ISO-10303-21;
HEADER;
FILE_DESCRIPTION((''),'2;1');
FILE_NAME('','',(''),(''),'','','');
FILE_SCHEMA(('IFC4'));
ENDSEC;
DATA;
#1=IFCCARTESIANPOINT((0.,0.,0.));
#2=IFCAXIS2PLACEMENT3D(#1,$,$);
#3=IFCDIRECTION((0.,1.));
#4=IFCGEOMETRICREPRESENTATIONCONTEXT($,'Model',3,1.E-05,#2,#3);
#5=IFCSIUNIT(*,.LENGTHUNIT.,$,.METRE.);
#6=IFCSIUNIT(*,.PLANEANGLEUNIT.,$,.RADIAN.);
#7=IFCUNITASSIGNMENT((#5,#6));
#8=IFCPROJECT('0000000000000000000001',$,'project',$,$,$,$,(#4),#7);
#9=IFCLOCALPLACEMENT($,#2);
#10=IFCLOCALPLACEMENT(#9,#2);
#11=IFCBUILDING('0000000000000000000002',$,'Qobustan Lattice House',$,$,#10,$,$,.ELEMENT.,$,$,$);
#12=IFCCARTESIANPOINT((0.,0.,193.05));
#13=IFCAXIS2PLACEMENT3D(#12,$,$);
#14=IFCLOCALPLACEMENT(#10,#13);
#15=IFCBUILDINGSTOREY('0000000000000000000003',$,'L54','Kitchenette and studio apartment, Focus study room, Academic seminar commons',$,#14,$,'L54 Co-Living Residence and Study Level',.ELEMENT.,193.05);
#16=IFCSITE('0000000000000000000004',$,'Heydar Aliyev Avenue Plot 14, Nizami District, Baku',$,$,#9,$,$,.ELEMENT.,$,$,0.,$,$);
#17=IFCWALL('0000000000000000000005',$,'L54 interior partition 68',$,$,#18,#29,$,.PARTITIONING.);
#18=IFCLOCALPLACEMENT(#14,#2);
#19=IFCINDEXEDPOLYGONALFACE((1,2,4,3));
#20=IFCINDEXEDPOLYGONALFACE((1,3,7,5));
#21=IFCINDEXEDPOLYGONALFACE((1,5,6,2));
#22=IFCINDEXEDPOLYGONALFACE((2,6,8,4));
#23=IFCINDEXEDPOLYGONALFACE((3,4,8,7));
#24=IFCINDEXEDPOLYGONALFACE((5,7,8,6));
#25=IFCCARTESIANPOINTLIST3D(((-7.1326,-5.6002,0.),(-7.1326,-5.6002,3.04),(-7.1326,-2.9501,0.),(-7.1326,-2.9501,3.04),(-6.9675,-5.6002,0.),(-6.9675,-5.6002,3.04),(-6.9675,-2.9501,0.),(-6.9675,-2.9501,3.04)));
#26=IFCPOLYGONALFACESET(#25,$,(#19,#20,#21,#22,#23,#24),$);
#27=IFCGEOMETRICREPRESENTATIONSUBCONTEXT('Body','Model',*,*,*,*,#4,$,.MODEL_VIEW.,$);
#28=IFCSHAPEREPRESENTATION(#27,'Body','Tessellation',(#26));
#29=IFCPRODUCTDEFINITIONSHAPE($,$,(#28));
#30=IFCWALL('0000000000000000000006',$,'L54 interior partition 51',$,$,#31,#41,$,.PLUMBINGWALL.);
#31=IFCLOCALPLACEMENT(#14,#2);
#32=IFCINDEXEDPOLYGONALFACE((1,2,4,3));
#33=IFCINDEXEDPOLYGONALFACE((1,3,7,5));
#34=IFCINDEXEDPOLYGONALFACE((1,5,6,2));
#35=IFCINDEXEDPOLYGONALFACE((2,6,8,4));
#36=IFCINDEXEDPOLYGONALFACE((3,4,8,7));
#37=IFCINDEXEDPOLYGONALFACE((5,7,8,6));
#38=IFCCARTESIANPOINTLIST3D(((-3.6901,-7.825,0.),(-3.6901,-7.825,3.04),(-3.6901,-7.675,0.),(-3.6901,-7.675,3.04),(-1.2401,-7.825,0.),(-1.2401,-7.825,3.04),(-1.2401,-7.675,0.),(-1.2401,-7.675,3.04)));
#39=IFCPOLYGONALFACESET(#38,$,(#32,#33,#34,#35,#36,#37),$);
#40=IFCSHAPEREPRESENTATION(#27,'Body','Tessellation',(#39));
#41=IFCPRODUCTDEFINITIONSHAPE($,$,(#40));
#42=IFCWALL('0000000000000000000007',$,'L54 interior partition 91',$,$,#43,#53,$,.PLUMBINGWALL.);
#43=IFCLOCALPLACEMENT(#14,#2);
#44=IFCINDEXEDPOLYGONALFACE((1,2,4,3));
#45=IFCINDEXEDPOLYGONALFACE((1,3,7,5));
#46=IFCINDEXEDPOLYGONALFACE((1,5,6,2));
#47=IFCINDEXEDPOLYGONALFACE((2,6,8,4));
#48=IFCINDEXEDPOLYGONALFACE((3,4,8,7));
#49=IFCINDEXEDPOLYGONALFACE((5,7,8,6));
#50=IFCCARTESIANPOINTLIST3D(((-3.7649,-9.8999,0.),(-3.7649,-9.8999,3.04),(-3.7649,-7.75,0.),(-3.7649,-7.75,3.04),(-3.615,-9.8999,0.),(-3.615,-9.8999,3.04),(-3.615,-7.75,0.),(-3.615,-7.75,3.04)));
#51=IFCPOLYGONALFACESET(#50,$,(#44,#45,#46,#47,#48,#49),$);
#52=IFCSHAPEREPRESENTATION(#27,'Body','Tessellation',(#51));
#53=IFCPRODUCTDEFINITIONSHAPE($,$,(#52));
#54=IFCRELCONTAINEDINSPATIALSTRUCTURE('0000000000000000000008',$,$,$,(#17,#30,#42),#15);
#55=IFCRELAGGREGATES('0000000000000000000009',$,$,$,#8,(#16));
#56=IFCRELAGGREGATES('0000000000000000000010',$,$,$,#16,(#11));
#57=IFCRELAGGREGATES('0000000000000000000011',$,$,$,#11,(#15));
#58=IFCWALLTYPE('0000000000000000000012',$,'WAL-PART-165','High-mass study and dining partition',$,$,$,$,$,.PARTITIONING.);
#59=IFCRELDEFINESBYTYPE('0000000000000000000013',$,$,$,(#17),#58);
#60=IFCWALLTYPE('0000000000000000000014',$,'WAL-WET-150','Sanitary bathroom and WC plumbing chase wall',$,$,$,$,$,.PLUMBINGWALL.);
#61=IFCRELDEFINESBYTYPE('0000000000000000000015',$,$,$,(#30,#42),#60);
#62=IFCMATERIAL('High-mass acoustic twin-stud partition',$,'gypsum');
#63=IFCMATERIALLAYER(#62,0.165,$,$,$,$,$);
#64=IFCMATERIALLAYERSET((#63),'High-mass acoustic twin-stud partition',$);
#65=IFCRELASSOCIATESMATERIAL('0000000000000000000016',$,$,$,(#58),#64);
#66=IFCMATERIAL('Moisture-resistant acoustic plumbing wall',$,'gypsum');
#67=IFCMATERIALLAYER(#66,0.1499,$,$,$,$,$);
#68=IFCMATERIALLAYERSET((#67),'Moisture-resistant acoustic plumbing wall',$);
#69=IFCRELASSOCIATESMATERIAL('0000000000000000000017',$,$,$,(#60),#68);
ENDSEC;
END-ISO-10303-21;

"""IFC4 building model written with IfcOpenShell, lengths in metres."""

from ifc_helpers import new_model, si_unit, direction, frame, frame_2d, origin, place, context, subcontext, project, spatial, rectangle, extrude, material, layer, layer_set, type_object, element, save


model = new_model("IFC4")

# Units and contexts
model_context = context("Model", 3, precision=1e-05, world=origin(), true_north=direction((0.0, 1.0)))
body_context = subcontext(model_context, "Body", "Model", "MODEL_VIEW")
ifc_project = project(units=[si_unit("LENGTHUNIT", "METRE"), si_unit("PLANEANGLEUNIT", "RADIAN")], contexts=[model_context])

# Site, building, storey
site_placement = place(None, origin())
site = spatial("IfcSite", under=ifc_project, at=site_placement, Name="Heydar Aliyev Avenue Plot 14, Nizami District, Baku", CompositionType="ELEMENT", RefElevation=0.0)
building_placement = place(site_placement, origin())
building = spatial("IfcBuilding", under=site, at=building_placement, Name="Qobustan Lattice House", CompositionType="ELEMENT")
storey_placement = place(building_placement, frame((0.0, 0.0, 193.05)))
storey = spatial("IfcBuildingStorey", under=building, at=storey_placement, Name="L54", Description="Kitchenette and studio apartment, Focus study room, Academic seminar commons", LongName="L54 Co-Living Residence and Study Level", CompositionType="ELEMENT", Elevation=193.05)

# Shared definitions
ifc_material_1 = material(Name="High-mass acoustic twin-stud partition", Category="gypsum")
ifc_layer_1 = layer(ifc_material_1, 0.165)
ifc_layer_set_1 = layer_set([ifc_layer_1], Name="High-mass acoustic twin-stud partition")
wall_type_1 = type_object("IfcWallType", Name="WAL-PART-165", Description="High-mass study and dining partition", PredefinedType="PARTITIONING", material=ifc_layer_set_1)

# Walls
wall_1_placement = place(storey_placement, frame((-7.05, -2.95, 0.0), z_axis=(0.0, 0.0, 1.0), x_axis=(0.0, -1.0, 0.0)))
element("IfcWall", 1, at=wall_1_placement, inside=storey, type_object=wall_type_1, Name="L54 interior partition 68", PredefinedType="PARTITIONING", context=body_context, shape_type="SweptSolid", body=[
    extrude(rectangle(XDim=2.6501, YDim=0.165, at=frame_2d((1.3252, 0.0))), origin(), (0.0, 0.0, 1.0), 3.04),
])
ifc_material_2 = material(Name="Moisture-resistant acoustic plumbing wall", Category="gypsum")
ifc_layer_2 = layer(ifc_material_2, 0.1499)
ifc_layer_set_2 = layer_set([ifc_layer_2], Name="Moisture-resistant acoustic plumbing wall")
wall_type_2 = type_object("IfcWallType", Name="WAL-WET-150", Description="Sanitary bathroom and WC plumbing chase wall", PredefinedType="PLUMBINGWALL", material=ifc_layer_set_2)
wall_2_placement = place(storey_placement, frame((-1.24, -7.75, 0.0), z_axis=(0.0, 0.0, 1.0), x_axis=(-1.0, 0.0, 0.0)))
element("IfcWall", 2, at=wall_2_placement, inside=storey, type_object=wall_type_2, Name="L54 interior partition 51", PredefinedType="PLUMBINGWALL", context=body_context, shape_type="SweptSolid", body=[
    extrude(rectangle(XDim=2.45, YDim=0.1499, at=frame_2d((1.2251, 0.0))), origin(), (0.0, 0.0, 1.0), 3.04),
])
wall_3_placement = place(storey_placement, frame((-3.6899, -7.75, 0.0), z_axis=(0.0, 0.0, 1.0), x_axis=(0.0, -1.0, 0.0)))
element("IfcWall", 3, at=wall_3_placement, inside=storey, type_object=wall_type_2, Name="L54 interior partition 91", PredefinedType="PLUMBINGWALL", context=body_context, shape_type="SweptSolid", body=[
    extrude(rectangle(XDim=2.1499, YDim=0.1499, at=frame_2d((1.075, 0.0))), origin(), (0.0, 0.0, 1.0), 3.04),
])

save(model, "model.ifc")
